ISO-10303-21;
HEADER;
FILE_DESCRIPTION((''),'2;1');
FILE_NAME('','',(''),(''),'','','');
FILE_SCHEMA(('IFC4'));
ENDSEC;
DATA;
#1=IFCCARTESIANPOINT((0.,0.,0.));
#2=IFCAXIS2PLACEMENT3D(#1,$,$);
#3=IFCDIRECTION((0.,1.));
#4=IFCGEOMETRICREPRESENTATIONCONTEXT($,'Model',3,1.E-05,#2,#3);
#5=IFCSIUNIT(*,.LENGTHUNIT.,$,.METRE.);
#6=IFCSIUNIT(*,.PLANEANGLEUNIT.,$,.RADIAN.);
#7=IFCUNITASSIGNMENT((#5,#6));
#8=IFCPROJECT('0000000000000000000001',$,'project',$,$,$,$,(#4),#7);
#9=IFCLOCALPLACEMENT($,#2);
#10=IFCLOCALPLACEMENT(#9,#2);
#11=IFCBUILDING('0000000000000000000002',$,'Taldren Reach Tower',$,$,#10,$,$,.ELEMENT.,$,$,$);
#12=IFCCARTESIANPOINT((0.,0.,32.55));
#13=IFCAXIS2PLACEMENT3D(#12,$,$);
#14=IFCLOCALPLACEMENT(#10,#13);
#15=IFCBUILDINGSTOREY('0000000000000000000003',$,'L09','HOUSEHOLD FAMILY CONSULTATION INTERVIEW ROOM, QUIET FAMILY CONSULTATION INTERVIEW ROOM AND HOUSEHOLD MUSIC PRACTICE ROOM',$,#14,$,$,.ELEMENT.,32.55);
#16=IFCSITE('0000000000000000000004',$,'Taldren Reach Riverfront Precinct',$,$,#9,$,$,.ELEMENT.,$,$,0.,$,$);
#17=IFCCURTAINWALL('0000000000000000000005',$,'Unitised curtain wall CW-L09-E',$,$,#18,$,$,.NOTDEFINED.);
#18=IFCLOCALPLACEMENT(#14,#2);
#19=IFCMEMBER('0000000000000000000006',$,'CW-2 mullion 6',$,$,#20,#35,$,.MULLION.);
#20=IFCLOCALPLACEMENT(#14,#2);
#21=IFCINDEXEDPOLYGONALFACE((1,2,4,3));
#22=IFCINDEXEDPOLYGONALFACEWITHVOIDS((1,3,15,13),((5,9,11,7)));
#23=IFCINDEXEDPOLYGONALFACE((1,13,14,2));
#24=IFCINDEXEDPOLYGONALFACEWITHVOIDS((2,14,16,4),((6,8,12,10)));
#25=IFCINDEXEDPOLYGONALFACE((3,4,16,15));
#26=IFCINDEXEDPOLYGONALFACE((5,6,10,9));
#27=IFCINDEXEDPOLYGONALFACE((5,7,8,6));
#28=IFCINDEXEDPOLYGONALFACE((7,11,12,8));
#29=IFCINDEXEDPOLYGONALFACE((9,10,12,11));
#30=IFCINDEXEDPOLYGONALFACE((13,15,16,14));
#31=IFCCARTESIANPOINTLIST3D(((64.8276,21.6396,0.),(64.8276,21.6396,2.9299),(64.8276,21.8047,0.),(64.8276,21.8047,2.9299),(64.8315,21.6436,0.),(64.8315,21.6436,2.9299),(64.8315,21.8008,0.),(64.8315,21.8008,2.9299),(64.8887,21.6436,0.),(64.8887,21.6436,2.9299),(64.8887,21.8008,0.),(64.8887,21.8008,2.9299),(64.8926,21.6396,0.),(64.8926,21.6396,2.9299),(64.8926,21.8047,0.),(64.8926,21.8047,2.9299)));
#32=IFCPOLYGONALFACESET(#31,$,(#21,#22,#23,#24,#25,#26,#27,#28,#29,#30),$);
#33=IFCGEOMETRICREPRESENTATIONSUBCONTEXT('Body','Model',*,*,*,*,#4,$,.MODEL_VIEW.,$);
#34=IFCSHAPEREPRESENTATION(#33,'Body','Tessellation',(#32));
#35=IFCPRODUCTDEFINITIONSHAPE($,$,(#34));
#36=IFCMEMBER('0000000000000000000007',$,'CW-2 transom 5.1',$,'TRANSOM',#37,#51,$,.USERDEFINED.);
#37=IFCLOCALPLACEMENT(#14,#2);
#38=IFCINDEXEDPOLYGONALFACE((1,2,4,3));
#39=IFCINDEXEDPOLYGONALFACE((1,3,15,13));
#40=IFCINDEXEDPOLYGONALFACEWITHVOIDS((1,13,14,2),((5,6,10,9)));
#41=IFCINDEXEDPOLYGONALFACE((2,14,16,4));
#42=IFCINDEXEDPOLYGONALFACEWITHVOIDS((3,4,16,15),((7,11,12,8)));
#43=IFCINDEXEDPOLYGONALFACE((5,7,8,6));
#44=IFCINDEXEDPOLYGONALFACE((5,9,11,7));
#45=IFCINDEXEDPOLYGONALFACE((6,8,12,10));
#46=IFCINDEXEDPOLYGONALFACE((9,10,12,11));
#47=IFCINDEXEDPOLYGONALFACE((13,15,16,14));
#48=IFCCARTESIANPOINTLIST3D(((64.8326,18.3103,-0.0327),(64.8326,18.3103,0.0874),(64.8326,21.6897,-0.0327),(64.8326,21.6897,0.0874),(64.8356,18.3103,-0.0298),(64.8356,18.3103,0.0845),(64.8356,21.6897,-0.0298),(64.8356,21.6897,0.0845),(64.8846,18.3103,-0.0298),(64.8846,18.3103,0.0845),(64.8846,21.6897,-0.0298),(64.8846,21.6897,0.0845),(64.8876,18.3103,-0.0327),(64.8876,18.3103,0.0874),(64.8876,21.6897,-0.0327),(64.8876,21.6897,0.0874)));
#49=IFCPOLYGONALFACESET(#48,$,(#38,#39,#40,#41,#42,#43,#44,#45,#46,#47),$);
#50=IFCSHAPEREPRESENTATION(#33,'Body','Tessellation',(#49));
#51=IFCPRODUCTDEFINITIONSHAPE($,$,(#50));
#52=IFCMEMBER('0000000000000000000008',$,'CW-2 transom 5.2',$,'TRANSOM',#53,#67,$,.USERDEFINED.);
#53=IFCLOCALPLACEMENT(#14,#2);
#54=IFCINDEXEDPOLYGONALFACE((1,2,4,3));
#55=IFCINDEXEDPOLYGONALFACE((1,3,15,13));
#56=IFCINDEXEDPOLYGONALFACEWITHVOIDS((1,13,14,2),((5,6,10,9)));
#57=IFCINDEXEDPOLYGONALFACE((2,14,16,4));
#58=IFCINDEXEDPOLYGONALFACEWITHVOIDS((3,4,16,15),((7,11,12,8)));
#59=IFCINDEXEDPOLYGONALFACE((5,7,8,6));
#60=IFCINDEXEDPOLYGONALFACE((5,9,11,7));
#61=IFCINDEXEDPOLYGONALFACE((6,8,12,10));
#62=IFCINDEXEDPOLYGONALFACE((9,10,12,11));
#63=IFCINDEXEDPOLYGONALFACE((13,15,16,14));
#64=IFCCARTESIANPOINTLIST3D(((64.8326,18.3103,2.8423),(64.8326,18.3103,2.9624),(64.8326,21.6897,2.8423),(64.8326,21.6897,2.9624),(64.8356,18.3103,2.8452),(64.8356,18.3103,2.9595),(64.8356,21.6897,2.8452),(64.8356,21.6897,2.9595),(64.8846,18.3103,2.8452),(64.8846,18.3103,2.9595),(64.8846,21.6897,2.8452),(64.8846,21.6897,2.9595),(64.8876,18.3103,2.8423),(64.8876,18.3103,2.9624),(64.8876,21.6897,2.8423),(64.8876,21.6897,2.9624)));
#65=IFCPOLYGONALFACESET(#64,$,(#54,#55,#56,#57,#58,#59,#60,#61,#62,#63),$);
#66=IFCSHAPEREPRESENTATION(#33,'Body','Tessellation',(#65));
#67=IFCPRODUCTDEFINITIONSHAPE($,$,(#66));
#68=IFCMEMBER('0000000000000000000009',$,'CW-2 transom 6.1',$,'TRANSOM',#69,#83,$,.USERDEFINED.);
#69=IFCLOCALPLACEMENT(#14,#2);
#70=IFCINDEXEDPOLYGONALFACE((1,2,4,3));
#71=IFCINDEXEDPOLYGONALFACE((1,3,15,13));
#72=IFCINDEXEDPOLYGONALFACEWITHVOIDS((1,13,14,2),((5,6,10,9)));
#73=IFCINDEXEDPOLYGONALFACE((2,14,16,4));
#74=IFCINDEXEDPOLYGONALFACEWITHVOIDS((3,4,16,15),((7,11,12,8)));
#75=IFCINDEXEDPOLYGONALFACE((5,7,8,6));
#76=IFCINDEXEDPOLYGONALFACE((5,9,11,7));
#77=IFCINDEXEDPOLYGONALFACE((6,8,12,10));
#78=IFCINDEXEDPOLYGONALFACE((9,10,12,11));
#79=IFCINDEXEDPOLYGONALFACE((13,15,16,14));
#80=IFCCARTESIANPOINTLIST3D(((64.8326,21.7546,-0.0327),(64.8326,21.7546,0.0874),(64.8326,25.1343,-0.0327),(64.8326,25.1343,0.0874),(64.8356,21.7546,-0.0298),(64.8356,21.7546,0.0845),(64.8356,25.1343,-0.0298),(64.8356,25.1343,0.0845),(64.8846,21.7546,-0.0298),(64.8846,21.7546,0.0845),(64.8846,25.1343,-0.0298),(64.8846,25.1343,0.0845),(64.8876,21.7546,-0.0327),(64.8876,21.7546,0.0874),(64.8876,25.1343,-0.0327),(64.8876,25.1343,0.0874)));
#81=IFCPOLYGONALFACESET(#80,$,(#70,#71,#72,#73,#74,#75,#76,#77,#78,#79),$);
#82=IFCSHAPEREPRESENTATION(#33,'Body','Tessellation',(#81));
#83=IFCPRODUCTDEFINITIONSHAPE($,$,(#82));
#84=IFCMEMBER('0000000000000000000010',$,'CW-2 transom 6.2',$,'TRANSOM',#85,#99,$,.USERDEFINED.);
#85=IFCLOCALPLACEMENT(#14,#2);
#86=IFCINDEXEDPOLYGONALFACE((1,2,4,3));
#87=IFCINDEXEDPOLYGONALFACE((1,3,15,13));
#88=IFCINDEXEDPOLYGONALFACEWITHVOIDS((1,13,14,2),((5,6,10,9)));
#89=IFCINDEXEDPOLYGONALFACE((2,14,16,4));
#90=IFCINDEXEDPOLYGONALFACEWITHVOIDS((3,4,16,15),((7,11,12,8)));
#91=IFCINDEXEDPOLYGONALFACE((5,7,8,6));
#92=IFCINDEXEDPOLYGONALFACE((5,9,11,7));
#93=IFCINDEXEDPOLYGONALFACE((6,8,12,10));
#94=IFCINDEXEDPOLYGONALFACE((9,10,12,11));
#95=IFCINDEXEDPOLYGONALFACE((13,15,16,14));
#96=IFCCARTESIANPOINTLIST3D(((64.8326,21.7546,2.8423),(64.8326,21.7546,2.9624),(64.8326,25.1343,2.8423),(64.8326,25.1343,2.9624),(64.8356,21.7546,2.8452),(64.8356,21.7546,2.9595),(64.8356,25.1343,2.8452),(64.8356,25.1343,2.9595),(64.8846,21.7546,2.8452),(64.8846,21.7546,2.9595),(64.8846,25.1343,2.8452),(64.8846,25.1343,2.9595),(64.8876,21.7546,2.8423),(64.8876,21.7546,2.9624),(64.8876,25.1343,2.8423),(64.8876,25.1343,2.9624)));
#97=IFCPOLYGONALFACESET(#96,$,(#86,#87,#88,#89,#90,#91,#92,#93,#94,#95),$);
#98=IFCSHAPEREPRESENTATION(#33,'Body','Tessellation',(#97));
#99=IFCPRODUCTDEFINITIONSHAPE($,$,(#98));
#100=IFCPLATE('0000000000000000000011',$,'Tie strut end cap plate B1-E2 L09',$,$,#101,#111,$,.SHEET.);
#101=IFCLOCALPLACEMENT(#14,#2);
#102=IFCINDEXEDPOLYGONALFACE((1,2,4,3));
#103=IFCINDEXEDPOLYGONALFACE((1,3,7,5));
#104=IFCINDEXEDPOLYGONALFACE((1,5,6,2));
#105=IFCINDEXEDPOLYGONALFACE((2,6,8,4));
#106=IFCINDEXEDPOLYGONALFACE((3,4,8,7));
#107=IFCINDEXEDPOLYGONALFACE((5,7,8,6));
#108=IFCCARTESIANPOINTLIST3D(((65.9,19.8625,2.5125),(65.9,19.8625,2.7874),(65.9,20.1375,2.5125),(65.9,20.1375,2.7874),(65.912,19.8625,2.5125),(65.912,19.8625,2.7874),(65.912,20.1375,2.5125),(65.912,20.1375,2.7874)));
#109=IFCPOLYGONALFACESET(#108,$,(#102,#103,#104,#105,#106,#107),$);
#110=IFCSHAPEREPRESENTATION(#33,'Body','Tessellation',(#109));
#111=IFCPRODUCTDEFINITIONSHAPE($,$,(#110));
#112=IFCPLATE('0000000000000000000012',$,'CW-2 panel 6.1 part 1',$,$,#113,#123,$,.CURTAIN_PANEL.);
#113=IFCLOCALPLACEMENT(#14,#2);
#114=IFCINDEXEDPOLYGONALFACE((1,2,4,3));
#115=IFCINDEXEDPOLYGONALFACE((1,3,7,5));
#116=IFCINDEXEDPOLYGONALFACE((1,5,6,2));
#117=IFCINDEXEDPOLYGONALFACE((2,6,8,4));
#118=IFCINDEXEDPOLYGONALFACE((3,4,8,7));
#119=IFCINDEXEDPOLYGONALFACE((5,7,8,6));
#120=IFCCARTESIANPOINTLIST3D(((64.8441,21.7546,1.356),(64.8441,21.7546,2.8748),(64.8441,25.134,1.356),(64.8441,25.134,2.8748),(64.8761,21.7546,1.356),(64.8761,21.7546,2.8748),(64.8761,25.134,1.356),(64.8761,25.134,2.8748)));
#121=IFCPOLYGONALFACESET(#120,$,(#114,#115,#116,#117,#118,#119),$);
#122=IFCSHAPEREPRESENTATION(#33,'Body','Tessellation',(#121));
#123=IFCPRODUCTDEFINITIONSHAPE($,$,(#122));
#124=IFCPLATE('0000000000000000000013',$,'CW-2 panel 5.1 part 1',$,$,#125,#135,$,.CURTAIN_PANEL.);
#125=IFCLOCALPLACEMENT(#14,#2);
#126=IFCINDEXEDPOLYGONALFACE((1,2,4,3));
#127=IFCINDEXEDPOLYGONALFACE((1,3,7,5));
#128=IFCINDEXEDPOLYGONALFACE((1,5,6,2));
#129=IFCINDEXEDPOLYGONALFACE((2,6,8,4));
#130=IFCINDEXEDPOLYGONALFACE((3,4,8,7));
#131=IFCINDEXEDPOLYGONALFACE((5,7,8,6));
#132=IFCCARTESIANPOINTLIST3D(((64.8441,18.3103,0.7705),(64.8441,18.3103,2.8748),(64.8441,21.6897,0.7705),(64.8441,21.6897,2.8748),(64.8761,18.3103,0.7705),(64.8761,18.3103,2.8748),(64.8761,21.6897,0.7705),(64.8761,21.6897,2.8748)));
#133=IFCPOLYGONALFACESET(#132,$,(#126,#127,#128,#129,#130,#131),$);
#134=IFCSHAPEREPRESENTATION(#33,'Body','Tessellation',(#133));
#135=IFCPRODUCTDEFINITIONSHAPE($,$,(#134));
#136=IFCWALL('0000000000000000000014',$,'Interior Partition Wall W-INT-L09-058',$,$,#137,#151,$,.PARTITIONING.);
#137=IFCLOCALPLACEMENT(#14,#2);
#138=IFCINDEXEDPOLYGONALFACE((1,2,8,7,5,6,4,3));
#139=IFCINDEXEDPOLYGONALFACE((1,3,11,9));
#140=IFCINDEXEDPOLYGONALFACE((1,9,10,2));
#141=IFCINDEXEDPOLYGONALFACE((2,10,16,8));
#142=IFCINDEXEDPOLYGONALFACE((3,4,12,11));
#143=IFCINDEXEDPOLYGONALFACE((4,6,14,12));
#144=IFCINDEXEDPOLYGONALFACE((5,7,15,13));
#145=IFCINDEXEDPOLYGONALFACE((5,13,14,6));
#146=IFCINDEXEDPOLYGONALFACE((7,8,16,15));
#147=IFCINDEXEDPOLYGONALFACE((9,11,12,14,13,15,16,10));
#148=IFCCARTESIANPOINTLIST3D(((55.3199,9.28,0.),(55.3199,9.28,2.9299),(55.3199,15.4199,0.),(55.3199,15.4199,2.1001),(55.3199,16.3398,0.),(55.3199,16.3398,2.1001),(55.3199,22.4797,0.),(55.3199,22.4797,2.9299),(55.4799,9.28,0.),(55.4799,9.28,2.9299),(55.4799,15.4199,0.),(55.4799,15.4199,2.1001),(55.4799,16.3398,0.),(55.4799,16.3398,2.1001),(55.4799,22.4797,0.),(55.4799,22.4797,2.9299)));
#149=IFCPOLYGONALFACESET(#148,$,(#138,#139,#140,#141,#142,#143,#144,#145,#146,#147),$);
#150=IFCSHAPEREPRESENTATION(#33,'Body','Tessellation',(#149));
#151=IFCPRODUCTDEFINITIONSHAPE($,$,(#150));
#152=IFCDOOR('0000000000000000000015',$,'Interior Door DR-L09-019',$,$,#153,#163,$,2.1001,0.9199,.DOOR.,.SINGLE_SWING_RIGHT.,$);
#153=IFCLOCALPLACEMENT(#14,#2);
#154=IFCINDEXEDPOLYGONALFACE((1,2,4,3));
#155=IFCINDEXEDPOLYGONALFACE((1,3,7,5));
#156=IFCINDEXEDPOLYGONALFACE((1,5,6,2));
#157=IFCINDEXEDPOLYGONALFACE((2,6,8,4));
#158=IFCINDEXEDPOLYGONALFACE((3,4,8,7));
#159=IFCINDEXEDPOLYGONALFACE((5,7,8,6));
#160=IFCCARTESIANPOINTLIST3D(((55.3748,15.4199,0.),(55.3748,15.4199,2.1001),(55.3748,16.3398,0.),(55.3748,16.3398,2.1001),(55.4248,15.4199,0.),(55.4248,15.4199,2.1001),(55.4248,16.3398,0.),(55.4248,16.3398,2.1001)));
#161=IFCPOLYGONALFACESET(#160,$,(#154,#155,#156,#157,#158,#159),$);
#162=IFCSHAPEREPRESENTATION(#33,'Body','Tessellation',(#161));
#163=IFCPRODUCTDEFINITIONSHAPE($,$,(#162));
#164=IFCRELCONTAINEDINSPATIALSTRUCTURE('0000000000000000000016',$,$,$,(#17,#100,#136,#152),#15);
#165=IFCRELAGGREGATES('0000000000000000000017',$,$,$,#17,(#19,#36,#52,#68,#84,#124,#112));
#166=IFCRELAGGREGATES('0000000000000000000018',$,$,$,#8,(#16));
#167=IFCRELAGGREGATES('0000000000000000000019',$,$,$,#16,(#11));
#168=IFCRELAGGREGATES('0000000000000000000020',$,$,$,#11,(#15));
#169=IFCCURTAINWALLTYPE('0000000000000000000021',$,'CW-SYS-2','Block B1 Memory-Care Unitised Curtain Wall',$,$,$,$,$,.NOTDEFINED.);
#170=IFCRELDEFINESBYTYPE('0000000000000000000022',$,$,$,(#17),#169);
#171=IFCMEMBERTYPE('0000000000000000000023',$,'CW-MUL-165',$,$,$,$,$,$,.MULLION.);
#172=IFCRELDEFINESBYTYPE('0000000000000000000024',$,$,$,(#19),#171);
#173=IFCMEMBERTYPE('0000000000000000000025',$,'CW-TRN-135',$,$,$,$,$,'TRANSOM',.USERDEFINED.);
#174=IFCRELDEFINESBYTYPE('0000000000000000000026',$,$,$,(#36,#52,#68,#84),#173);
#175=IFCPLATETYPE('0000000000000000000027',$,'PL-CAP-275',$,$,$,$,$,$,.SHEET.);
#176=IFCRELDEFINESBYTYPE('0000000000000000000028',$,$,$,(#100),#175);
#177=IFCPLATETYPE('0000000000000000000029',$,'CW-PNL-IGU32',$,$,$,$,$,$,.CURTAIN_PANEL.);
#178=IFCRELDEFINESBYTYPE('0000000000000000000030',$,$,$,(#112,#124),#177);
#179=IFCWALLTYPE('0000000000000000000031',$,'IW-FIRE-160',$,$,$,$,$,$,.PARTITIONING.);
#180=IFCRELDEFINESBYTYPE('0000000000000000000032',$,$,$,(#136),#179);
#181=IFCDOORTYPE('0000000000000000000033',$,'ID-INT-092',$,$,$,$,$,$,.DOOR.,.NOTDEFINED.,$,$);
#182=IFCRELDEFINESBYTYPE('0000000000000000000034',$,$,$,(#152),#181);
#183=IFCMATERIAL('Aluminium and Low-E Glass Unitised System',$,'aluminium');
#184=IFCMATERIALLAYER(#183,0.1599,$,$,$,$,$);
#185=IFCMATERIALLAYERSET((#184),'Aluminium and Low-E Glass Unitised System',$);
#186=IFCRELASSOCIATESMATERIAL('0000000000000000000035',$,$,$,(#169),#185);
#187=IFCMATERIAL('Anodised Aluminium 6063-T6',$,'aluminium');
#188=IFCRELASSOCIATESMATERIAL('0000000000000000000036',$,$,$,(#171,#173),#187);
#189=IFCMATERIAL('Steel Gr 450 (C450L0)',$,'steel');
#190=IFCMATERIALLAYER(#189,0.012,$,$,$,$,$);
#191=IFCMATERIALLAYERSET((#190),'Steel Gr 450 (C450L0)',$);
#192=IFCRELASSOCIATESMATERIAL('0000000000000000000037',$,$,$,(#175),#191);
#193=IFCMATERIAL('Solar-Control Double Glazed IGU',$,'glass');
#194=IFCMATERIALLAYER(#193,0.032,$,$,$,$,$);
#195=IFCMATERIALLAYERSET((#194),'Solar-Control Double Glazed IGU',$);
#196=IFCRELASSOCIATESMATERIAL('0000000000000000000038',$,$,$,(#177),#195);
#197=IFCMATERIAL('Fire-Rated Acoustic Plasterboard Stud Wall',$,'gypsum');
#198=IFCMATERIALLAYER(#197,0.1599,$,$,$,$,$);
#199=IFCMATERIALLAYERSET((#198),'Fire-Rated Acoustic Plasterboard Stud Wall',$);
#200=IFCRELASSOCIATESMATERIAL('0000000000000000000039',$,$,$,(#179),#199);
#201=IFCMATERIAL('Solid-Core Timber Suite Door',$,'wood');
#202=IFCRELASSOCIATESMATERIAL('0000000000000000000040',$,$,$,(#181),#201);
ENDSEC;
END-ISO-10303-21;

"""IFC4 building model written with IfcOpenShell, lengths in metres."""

from ifc_helpers import new_model, si_unit, direction, frame, frame_2d, origin, origin_2d, place, context, subcontext, project, spatial, rectangle, hollow_rectangle, extrude, source, transform, mapped, material, layer, layer_set, material_profile, profile_set, type_object, element, fill, aggregate, save


model = new_model("IFC4")

# Units and contexts
model_context = context("Model", 3, precision=1e-05, world=origin(), true_north=direction((0.0, 1.0)))
body_context = subcontext(model_context, "Body", "Model", "MODEL_VIEW")
ifc_project = project(units=[si_unit("LENGTHUNIT", "METRE"), si_unit("PLANEANGLEUNIT", "RADIAN")], contexts=[model_context])

# Site, building, storey
site_placement = place(None, origin())
site = spatial("IfcSite", under=ifc_project, at=site_placement, Name="Taldren Reach Riverfront Precinct", CompositionType="ELEMENT", RefElevation=0.0)
building_placement = place(site_placement, origin())
building = spatial("IfcBuilding", under=site, at=building_placement, Name="Taldren Reach Tower", CompositionType="ELEMENT")
storey_placement = place(building_placement, frame((0.0, 0.0, 32.55)))
storey = spatial("IfcBuildingStorey", under=building, at=storey_placement, Name="L09", Description="HOUSEHOLD FAMILY CONSULTATION INTERVIEW ROOM, QUIET FAMILY CONSULTATION INTERVIEW ROOM AND HOUSEHOLD MUSIC PRACTICE ROOM", CompositionType="ELEMENT", Elevation=32.55)

# Shared definitions
ifc_material_1 = material(Name="Steel Gr 450 (C450L0)", Category="steel")

# Curtain wall, members
ifc_material_2 = material(Name="Aluminium and Low-E Glass Unitised System", Category="aluminium")
ifc_layer_1 = layer(ifc_material_2, 0.1599)
ifc_layer_set_1 = layer_set([ifc_layer_1], Name="Aluminium and Low-E Glass Unitised System")
curtain_wall_type = type_object("IfcCurtainWallType", Name="CW-SYS-2", Description="Block B1 Memory-Care Unitised Curtain Wall", PredefinedType="NOTDEFINED", material=ifc_layer_set_1)
curtain_wall_placement = place(storey_placement, origin())
curtain_wall = element("IfcCurtainWall", 1, at=curtain_wall_placement, inside=storey, type_object=curtain_wall_type, Name="Unitised curtain wall CW-L09-E", PredefinedType="NOTDEFINED")
ifc_material_3 = material(Name="Anodised Aluminium 6063-T6", Category="aluminium")
ifc_material_profile_1 = material_profile(ifc_material_3, hollow_rectangle(XDim=0.0649, YDim=0.165, WallThickness=0.0039, at=origin_2d()), Name="ALU-165x65x4RHS")
ifc_profile_set_1 = profile_set([ifc_material_profile_1], Name="Anodised Aluminium 6063-T6")
member_type_1 = type_object("IfcMemberType", Name="CW-MUL-165", PredefinedType="MULLION", material=ifc_profile_set_1)
shared_shape_1 = source(origin(), body_context, "Body", "SweptSolid", [
    extrude(hollow_rectangle(XDim=0.0649, YDim=0.165, WallThickness=0.0039, at=origin_2d()), origin(), (0.0, 0.0, 1.0), 2.9299),
])
member_1_placement = place(storey_placement, frame((64.8601, 21.7222, 0.0), z_axis=(0.0, 0.0, 1.0), x_axis=(-1.0, 0.0, 0.0)))
member_1 = element("IfcMember", 2, at=member_1_placement, type_object=member_type_1, Name="CW-2 mullion 6", PredefinedType="MULLION", context=body_context, shape_type="MappedRepresentation", body=[
    mapped(shared_shape_1, transform((0.0, 0.0, 0.0), scale=1.0)),
])
ifc_material_profile_2 = material_profile(ifc_material_3, hollow_rectangle(XDim=0.0549, YDim=0.1201, WallThickness=0.0029, at=origin_2d()), Name="ALU-120x55x3RHS")
ifc_profile_set_2 = profile_set([ifc_material_profile_2], Name="Anodised Aluminium 6063-T6")
member_type_2 = type_object("IfcMemberType", Name="CW-TRN-135", ElementType="TRANSOM", PredefinedType="USERDEFINED", material=ifc_profile_set_2)
shared_shape_2 = source(origin(), body_context, "Body", "SweptSolid", [
    extrude(hollow_rectangle(XDim=0.0549, YDim=0.1201, WallThickness=0.0029, at=origin_2d()), origin(), (0.0, 0.0, 1.0), 3.3794),
])
member_2_placement = place(storey_placement, frame((64.8601, 18.3103, 0.0273), z_axis=(0.0, 1.0, 0.0), x_axis=(-1.0, 0.0, 0.0)))
member_2 = element("IfcMember", 3, at=member_2_placement, type_object=member_type_2, Name="CW-2 transom 5.1", ObjectType="TRANSOM", PredefinedType="USERDEFINED", context=body_context, shape_type="MappedRepresentation", body=[
    mapped(shared_shape_2, transform((0.0, 0.0, 0.0), scale=1.0)),
])
member_3_placement = place(storey_placement, frame((64.8601, 18.3103, 2.9023), z_axis=(0.0, 1.0, 0.0), x_axis=(-1.0, 0.0, 0.0)))
member_3 = element("IfcMember", 4, at=member_3_placement, type_object=member_type_2, Name="CW-2 transom 5.2", ObjectType="TRANSOM", PredefinedType="USERDEFINED", context=body_context, shape_type="MappedRepresentation", body=[
    mapped(shared_shape_2, transform((0.0, 0.0, 0.0), scale=1.0)),
])
shared_shape_3 = source(origin(), body_context, "Body", "SweptSolid", [
    extrude(hollow_rectangle(XDim=0.0549, YDim=0.1201, WallThickness=0.0029, at=origin_2d()), origin(), (0.0, 0.0, 1.0), 3.3796),
])
member_4_placement = place(storey_placement, frame((64.8601, 21.7546, 0.0273), z_axis=(0.0, 1.0, 0.0), x_axis=(-1.0, 0.0, 0.0)))
member_4 = element("IfcMember", 5, at=member_4_placement, type_object=member_type_2, Name="CW-2 transom 6.1", ObjectType="TRANSOM", PredefinedType="USERDEFINED", context=body_context, shape_type="MappedRepresentation", body=[
    mapped(shared_shape_3, transform((0.0, 0.0, 0.0), scale=1.0)),
])
member_5_placement = place(storey_placement, frame((64.8601, 21.7546, 2.9023), z_axis=(0.0, 1.0, 0.0), x_axis=(-1.0, 0.0, 0.0)))
member_5 = element("IfcMember", 6, at=member_5_placement, type_object=member_type_2, Name="CW-2 transom 6.2", ObjectType="TRANSOM", PredefinedType="USERDEFINED", context=body_context, shape_type="MappedRepresentation", body=[
    mapped(shared_shape_3, transform((0.0, 0.0, 0.0), scale=1.0)),
])

# Plates
ifc_layer_2 = layer(ifc_material_1, 0.012)
ifc_layer_set_2 = layer_set([ifc_layer_2], Name="Steel Gr 450 (C450L0)")
plate_type_1 = type_object("IfcPlateType", Name="PL-CAP-275", PredefinedType="SHEET", material=ifc_layer_set_2)
shared_shape_4 = source(origin(), body_context, "Body", "SweptSolid", [
    extrude(rectangle(XDim=0.012, YDim=0.2749, at=origin_2d()), origin(), (0.0, 0.0, 1.0), 0.2749),
])
plate_1_placement = place(storey_placement, frame((65.906, 20.0, 2.5125), z_axis=(0.0, 0.0, 1.0), x_axis=(1.0, 0.0, 0.0)))
element("IfcPlate", 7, at=plate_1_placement, inside=storey, type_object=plate_type_1, Name="Tie strut end cap plate B1-E2 L09", PredefinedType="SHEET", context=body_context, shape_type="MappedRepresentation", body=[
    mapped(shared_shape_4, transform((0.0, 0.0, 0.0), scale=1.0)),
])
ifc_material_4 = material(Name="Solar-Control Double Glazed IGU", Category="glass")
ifc_layer_3 = layer(ifc_material_4, 0.032)
ifc_layer_set_3 = layer_set([ifc_layer_3], Name="Solar-Control Double Glazed IGU")
plate_type_2 = type_object("IfcPlateType", Name="CW-PNL-IGU32", PredefinedType="CURTAIN_PANEL", material=ifc_layer_set_3)
shared_shape_5 = source(origin(), body_context, "Body", "SweptSolid", [
    extrude(rectangle(XDim=3.3794, YDim=0.032, at=origin_2d()), origin(), (0.0, 0.0, 1.0), 1.5188),
])
plate_2_placement = place(storey_placement, frame((64.8601, 23.4443, 1.356), z_axis=(0.0, 0.0, 1.0), x_axis=(0.0, 1.0, 0.0)))
plate_2 = element("IfcPlate", 8, at=plate_2_placement, type_object=plate_type_2, Name="CW-2 panel 6.1 part 1", PredefinedType="CURTAIN_PANEL", context=body_context, shape_type="MappedRepresentation", body=[
    mapped(shared_shape_5, transform((0.0, 0.0, 0.0), scale=1.0)),
])
shared_shape_6 = source(origin(), body_context, "Body", "SweptSolid", [
    extrude(rectangle(XDim=3.3794, YDim=0.032, at=origin_2d()), origin(), (0.0, 0.0, 1.0), 2.1042),
])
plate_3_placement = place(storey_placement, frame((64.8601, 20.0, 0.7705), z_axis=(0.0, 0.0, 1.0), x_axis=(0.0, 1.0, 0.0)))
plate_3 = element("IfcPlate", 9, at=plate_3_placement, type_object=plate_type_2, Name="CW-2 panel 5.1 part 1", PredefinedType="CURTAIN_PANEL", context=body_context, shape_type="MappedRepresentation", body=[
    mapped(shared_shape_6, transform((0.0, 0.0, 0.0), scale=1.0)),
])
aggregate(curtain_wall, [member_1, member_2, member_3, member_4, member_5, plate_3, plate_2])

# Wall, opening, door
ifc_material_5 = material(Name="Fire-Rated Acoustic Plasterboard Stud Wall", Category="gypsum")
ifc_layer_4 = layer(ifc_material_5, 0.1599)
ifc_layer_set_4 = layer_set([ifc_layer_4], Name="Fire-Rated Acoustic Plasterboard Stud Wall")
wall_type_1 = type_object("IfcWallType", Name="IW-FIRE-160", PredefinedType="PARTITIONING", material=ifc_layer_set_4)
shared_shape_7 = source(origin(), body_context, "Body", "SweptSolid", [
    extrude(rectangle(XDim=13.1997, YDim=0.1599, at=frame_2d((6.5999, 0.0))), origin(), (0.0, 0.0, 1.0), 2.9299),
])
wall_1_placement = place(storey_placement, frame((55.3999, 22.4797, 0.0), z_axis=(0.0, 0.0, 1.0), x_axis=(0.0, -1.0, 0.0)))
wall_1 = element("IfcWall", 10, at=wall_1_placement, inside=storey, type_object=wall_type_1, Name="Interior Partition Wall W-INT-L09-058", PredefinedType="PARTITIONING", context=body_context, shape_type="MappedRepresentation", body=[
    mapped(shared_shape_7, transform((0.0, 0.0, 0.0), scale=1.0)),
])
shared_shape_8 = source(origin(), body_context, "Body", "SweptSolid", [
    extrude(rectangle(XDim=0.9199, YDim=2.1001, at=frame_2d((0.46, 1.05))), frame((0.0, 0.0898, 0.0), z_axis=(0.0, -1.0, 0.0), x_axis=(1.0, 0.0, 0.0)), (0.0, 0.0, 1.0), 0.1799),
])
opening_placement = place(wall_1_placement, frame((6.1399, 0.0, 0.0)))
opening = element("IfcOpeningElement", 11, at=opening_placement, cuts=wall_1, PredefinedType="OPENING", context=body_context, shape_type="MappedRepresentation", body=[
    mapped(shared_shape_8, transform((0.0, 0.0, 0.0), scale=1.0)),
])
ifc_material_6 = material(Name="Solid-Core Timber Suite Door", Category="wood")
door_type = type_object("IfcDoorType", Name="ID-INT-092", OperationType="NOTDEFINED", PredefinedType="DOOR", material=ifc_material_6)
shared_shape_9 = source(origin(), body_context, "Body", "SweptSolid", [
    extrude(rectangle(XDim=0.9199, YDim=2.1001, at=frame_2d((0.46, 1.05))), frame((0.0, 0.0249, 0.0), z_axis=(0.0, -1.0, 0.0), x_axis=(1.0, 0.0, 0.0)), (0.0, 0.0, 1.0), 0.05),
])
door_placement = place(opening_placement, origin())
door = element("IfcDoor", 12, at=door_placement, inside=storey, type_object=door_type, Name="Interior Door DR-L09-019", OperationType="SINGLE_SWING_RIGHT", OverallHeight=2.1001, OverallWidth=0.9199, PredefinedType="DOOR", context=body_context, shape_type="MappedRepresentation", body=[
    mapped(shared_shape_9, transform((0.0, 0.0, 0.0), scale=1.0)),
])
fill(opening, door)

save(model, "model.ifc")
